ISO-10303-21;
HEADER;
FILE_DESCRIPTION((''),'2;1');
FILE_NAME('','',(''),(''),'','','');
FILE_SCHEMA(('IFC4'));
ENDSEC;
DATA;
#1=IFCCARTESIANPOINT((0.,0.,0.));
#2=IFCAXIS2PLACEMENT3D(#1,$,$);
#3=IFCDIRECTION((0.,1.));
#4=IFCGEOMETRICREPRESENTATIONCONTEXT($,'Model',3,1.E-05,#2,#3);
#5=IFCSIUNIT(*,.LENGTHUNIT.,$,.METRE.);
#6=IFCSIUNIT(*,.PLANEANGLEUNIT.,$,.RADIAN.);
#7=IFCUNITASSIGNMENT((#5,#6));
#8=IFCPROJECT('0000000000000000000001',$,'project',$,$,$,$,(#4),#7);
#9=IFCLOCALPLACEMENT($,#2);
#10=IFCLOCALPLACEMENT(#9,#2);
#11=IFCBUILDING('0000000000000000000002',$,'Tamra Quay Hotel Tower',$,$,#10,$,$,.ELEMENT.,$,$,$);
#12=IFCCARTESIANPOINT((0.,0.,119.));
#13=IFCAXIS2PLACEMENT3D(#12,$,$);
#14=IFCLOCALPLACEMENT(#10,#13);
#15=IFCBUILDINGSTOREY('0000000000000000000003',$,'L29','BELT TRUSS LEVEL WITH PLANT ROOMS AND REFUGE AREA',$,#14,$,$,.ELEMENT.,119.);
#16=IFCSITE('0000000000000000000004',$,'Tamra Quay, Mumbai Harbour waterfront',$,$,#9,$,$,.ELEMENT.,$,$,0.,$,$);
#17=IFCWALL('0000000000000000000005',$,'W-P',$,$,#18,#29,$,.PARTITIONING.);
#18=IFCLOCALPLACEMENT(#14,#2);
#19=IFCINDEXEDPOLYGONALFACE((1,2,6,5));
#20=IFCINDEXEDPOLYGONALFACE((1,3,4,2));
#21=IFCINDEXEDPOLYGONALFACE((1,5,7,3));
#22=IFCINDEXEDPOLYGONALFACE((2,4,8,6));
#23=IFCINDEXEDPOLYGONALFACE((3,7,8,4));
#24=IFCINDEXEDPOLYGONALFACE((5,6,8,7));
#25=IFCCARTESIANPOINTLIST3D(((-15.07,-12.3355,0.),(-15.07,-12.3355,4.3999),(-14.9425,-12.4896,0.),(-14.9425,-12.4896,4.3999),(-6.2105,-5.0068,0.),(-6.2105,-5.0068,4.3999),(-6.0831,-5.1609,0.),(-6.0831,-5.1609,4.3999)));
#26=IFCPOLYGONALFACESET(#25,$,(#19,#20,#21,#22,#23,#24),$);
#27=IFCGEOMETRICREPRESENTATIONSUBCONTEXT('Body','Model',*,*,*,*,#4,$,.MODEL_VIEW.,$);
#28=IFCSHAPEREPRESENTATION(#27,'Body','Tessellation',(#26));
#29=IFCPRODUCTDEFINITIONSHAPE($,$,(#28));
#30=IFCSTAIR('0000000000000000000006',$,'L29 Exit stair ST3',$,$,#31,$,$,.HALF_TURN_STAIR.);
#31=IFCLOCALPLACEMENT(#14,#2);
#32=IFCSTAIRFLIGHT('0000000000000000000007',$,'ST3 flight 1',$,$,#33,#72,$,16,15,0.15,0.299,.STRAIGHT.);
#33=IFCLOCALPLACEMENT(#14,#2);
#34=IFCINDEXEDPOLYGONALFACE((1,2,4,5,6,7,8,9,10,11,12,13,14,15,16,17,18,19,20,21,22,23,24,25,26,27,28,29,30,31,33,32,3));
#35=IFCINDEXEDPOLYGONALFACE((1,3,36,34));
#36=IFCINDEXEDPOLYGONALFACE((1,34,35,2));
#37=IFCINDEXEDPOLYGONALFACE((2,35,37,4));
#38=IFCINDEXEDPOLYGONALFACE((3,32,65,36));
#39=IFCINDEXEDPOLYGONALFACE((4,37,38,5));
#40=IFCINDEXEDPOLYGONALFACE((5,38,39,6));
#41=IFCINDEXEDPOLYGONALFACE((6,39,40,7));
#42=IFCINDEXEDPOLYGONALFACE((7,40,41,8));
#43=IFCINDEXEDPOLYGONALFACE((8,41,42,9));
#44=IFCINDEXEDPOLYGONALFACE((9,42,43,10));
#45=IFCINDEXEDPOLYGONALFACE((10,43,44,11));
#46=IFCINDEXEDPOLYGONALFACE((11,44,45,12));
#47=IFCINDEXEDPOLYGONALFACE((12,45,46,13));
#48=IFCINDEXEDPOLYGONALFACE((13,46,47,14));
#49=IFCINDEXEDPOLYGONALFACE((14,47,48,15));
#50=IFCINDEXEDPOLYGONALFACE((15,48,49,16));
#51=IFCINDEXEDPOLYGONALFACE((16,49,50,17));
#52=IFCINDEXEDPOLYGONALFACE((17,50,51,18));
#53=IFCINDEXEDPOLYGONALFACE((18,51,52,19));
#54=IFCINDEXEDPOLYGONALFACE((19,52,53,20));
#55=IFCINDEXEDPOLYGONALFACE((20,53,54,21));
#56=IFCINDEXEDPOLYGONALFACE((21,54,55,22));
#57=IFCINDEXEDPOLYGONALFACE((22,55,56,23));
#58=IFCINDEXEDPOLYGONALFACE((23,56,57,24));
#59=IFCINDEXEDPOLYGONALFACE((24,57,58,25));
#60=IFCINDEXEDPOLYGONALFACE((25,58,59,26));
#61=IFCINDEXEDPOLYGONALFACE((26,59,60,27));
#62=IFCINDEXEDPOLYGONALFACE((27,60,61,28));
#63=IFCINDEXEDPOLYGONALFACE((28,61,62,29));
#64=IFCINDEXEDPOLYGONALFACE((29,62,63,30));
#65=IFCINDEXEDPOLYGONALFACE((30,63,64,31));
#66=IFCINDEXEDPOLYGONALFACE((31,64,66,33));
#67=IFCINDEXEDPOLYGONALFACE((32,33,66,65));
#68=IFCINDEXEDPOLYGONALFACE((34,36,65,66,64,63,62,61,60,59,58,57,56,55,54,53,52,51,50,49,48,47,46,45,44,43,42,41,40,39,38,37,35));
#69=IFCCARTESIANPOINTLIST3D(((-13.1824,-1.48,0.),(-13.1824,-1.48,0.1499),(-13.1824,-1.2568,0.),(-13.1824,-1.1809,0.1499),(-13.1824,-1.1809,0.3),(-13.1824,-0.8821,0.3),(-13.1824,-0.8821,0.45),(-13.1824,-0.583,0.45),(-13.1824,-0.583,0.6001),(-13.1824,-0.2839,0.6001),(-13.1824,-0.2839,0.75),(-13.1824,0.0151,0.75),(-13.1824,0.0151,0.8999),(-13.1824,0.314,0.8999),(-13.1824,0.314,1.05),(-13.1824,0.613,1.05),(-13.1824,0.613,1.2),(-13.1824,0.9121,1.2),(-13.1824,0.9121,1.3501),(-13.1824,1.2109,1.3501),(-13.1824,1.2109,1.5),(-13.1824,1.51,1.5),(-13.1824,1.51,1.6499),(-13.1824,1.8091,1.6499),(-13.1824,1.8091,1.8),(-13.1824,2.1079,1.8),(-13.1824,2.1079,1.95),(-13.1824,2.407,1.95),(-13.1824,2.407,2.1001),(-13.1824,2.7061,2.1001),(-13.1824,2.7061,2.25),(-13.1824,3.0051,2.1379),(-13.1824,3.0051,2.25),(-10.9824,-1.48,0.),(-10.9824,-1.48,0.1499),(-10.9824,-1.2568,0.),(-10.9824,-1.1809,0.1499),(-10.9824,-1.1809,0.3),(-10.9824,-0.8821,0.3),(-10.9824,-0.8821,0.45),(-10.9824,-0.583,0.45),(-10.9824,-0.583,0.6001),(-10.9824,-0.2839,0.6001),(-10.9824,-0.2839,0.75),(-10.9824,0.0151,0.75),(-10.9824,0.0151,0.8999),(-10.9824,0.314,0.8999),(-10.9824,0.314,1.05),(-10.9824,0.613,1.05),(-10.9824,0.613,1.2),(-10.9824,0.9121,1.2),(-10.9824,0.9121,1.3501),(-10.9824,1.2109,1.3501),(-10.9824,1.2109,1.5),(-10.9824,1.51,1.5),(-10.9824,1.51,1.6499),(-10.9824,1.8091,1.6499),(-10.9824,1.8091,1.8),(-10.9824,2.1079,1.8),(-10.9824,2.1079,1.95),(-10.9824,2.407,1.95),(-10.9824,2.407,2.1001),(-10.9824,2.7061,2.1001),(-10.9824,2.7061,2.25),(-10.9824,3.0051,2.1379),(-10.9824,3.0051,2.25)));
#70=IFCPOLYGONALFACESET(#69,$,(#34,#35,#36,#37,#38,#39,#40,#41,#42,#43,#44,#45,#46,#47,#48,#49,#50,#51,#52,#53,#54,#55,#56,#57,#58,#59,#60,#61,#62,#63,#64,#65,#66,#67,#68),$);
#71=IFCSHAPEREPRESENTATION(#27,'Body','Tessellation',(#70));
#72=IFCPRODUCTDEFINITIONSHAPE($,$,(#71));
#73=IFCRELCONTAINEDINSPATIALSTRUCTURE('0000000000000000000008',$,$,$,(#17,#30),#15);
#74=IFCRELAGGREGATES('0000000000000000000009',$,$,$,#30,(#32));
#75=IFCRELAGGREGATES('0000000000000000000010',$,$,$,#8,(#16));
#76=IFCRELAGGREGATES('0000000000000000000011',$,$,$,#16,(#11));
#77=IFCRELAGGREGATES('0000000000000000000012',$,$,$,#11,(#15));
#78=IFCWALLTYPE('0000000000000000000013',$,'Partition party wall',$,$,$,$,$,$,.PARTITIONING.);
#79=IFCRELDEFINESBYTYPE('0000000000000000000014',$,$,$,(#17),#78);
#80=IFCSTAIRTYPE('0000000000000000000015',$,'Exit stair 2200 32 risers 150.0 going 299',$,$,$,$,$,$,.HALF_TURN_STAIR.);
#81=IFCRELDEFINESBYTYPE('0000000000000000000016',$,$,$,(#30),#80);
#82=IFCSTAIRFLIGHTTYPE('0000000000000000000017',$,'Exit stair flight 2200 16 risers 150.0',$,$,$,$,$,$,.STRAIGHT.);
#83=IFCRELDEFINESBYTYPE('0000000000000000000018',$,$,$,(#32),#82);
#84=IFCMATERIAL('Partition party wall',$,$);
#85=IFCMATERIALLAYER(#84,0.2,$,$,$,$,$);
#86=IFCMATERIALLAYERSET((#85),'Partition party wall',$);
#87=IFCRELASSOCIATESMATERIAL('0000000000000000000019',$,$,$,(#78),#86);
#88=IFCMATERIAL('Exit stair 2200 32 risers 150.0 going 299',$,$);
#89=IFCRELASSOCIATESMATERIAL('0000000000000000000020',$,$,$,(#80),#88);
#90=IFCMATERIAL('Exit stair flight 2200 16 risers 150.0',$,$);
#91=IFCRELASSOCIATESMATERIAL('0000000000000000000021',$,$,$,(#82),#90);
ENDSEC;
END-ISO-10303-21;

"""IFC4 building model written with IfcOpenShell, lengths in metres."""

from ifc_helpers import new_model, si_unit, direction, frame, frame_2d, origin, place, context, subcontext, project, spatial, polyline, rectangle, outline, extrude, material, layer, layer_set, type_object, element, aggregate, save


model = new_model("IFC4")

# Units and contexts
model_context = context("Model", 3, precision=1e-05, world=origin(), true_north=direction((0.0, 1.0)))
body_context = subcontext(model_context, "Body", "Model", "MODEL_VIEW")
ifc_project = project(units=[si_unit("LENGTHUNIT", "METRE"), si_unit("PLANEANGLEUNIT", "RADIAN")], contexts=[model_context])

# Site, building, storey
site_placement = place(None, origin())
site = spatial("IfcSite", under=ifc_project, at=site_placement, Name="Tamra Quay, Mumbai Harbour waterfront", CompositionType="ELEMENT", RefElevation=0.0)
building_placement = place(site_placement, origin())
building = spatial("IfcBuilding", under=site, at=building_placement, Name="Tamra Quay Hotel Tower", CompositionType="ELEMENT")
storey_placement = place(building_placement, frame((0.0, 0.0, 119.0)))
storey = spatial("IfcBuildingStorey", under=building, at=storey_placement, Name="L29", Description="BELT TRUSS LEVEL WITH PLANT ROOMS AND REFUGE AREA", CompositionType="ELEMENT", Elevation=119.0)

# Wall
ifc_material_1 = material(Name="Partition party wall")
ifc_layer_1 = layer(ifc_material_1, 0.2)
ifc_layer_set_1 = layer_set([ifc_layer_1], Name="Partition party wall")
wall_type_1 = type_object("IfcWallType", Name="Partition party wall", PredefinedType="PARTITIONING", material=ifc_layer_set_1)
wall_1_placement = place(storey_placement, frame((-15.0063, -12.4126, 0.0), z_axis=(0.0, 0.0, 1.0), x_axis=(0.770535, 0.637398, 0.0)))
element("IfcWall", 1, at=wall_1_placement, inside=storey, type_object=wall_type_1, Name="W-P", PredefinedType="PARTITIONING", context=body_context, shape_type="SweptSolid", body=[
    extrude(rectangle(XDim=11.4978, YDim=0.2, at=frame_2d((5.749, 0.0))), origin(), (0.0, 0.0, 1.0), 4.3999),
])

# Stair, stair flight
ifc_material_2 = material(Name="Exit stair 2200 32 risers 150.0 going 299")
stair_type = type_object("IfcStairType", Name="Exit stair 2200 32 risers 150.0 going 299", PredefinedType="HALF_TURN_STAIR", material=ifc_material_2)
stair_placement = place(storey_placement, origin())
stair = element("IfcStair", 2, at=stair_placement, inside=storey, type_object=stair_type, Name="L29 Exit stair ST3", PredefinedType="HALF_TURN_STAIR")
ifc_material_3 = material(Name="Exit stair flight 2200 16 risers 150.0")
stair_flight_type = type_object("IfcStairFlightType", Name="Exit stair flight 2200 16 risers 150.0", PredefinedType="STRAIGHT", material=ifc_material_3)
stair_flight_placement = place(storey_placement, frame((-12.0823, -1.48, 0.0), z_axis=(0.0, 0.0, 1.0), x_axis=(0.0, 1.0, 0.0)))
stair_flight = element("IfcStairFlight", 3, at=stair_flight_placement, type_object=stair_flight_type, Name="ST3 flight 1", NumberOfRisers=16, NumberOfTreads=15, PredefinedType="STRAIGHT", RiserHeight=0.15, TreadLength=0.299, context=body_context, shape_type="SweptSolid", body=[
    extrude(outline(polyline([(0.0, 0.0), (0.0, 0.1499), (0.2991, 0.1499), (0.2991, 0.3), (0.5979, 0.3), (0.5979, 0.45), (0.897, 0.45), (0.897, 0.6001), (1.196, 0.6001), (1.196, 0.75), (1.4951, 0.75), (1.4951, 0.8999), (1.7939, 0.8999), (1.7939, 1.05), (2.093, 1.05), (2.093, 1.2), (2.3921, 1.2), (2.3921, 1.3501), (2.6909, 1.3501), (2.6909, 1.5), (2.99, 1.5), (2.99, 1.6499), (3.2891, 1.6499), (3.2891, 1.8), (3.5879, 1.8), (3.5879, 1.95), (3.887, 1.95), (3.887, 2.1001), (4.186, 2.1001), (4.186, 2.25), (4.4851, 2.25), (4.4851, 2.3999), (4.4851, 2.1379), (0.2231, 0.0), (0.0, 0.0)])), frame((0.0, 1.1001, 0.0), z_axis=(0.0, -1.0, 0.0), x_axis=(1.0, 0.0, 0.0)), (0.0, 0.0, 1.0), 2.2),
])
aggregate(stair, [stair_flight])

save(model, "model.ifc")
